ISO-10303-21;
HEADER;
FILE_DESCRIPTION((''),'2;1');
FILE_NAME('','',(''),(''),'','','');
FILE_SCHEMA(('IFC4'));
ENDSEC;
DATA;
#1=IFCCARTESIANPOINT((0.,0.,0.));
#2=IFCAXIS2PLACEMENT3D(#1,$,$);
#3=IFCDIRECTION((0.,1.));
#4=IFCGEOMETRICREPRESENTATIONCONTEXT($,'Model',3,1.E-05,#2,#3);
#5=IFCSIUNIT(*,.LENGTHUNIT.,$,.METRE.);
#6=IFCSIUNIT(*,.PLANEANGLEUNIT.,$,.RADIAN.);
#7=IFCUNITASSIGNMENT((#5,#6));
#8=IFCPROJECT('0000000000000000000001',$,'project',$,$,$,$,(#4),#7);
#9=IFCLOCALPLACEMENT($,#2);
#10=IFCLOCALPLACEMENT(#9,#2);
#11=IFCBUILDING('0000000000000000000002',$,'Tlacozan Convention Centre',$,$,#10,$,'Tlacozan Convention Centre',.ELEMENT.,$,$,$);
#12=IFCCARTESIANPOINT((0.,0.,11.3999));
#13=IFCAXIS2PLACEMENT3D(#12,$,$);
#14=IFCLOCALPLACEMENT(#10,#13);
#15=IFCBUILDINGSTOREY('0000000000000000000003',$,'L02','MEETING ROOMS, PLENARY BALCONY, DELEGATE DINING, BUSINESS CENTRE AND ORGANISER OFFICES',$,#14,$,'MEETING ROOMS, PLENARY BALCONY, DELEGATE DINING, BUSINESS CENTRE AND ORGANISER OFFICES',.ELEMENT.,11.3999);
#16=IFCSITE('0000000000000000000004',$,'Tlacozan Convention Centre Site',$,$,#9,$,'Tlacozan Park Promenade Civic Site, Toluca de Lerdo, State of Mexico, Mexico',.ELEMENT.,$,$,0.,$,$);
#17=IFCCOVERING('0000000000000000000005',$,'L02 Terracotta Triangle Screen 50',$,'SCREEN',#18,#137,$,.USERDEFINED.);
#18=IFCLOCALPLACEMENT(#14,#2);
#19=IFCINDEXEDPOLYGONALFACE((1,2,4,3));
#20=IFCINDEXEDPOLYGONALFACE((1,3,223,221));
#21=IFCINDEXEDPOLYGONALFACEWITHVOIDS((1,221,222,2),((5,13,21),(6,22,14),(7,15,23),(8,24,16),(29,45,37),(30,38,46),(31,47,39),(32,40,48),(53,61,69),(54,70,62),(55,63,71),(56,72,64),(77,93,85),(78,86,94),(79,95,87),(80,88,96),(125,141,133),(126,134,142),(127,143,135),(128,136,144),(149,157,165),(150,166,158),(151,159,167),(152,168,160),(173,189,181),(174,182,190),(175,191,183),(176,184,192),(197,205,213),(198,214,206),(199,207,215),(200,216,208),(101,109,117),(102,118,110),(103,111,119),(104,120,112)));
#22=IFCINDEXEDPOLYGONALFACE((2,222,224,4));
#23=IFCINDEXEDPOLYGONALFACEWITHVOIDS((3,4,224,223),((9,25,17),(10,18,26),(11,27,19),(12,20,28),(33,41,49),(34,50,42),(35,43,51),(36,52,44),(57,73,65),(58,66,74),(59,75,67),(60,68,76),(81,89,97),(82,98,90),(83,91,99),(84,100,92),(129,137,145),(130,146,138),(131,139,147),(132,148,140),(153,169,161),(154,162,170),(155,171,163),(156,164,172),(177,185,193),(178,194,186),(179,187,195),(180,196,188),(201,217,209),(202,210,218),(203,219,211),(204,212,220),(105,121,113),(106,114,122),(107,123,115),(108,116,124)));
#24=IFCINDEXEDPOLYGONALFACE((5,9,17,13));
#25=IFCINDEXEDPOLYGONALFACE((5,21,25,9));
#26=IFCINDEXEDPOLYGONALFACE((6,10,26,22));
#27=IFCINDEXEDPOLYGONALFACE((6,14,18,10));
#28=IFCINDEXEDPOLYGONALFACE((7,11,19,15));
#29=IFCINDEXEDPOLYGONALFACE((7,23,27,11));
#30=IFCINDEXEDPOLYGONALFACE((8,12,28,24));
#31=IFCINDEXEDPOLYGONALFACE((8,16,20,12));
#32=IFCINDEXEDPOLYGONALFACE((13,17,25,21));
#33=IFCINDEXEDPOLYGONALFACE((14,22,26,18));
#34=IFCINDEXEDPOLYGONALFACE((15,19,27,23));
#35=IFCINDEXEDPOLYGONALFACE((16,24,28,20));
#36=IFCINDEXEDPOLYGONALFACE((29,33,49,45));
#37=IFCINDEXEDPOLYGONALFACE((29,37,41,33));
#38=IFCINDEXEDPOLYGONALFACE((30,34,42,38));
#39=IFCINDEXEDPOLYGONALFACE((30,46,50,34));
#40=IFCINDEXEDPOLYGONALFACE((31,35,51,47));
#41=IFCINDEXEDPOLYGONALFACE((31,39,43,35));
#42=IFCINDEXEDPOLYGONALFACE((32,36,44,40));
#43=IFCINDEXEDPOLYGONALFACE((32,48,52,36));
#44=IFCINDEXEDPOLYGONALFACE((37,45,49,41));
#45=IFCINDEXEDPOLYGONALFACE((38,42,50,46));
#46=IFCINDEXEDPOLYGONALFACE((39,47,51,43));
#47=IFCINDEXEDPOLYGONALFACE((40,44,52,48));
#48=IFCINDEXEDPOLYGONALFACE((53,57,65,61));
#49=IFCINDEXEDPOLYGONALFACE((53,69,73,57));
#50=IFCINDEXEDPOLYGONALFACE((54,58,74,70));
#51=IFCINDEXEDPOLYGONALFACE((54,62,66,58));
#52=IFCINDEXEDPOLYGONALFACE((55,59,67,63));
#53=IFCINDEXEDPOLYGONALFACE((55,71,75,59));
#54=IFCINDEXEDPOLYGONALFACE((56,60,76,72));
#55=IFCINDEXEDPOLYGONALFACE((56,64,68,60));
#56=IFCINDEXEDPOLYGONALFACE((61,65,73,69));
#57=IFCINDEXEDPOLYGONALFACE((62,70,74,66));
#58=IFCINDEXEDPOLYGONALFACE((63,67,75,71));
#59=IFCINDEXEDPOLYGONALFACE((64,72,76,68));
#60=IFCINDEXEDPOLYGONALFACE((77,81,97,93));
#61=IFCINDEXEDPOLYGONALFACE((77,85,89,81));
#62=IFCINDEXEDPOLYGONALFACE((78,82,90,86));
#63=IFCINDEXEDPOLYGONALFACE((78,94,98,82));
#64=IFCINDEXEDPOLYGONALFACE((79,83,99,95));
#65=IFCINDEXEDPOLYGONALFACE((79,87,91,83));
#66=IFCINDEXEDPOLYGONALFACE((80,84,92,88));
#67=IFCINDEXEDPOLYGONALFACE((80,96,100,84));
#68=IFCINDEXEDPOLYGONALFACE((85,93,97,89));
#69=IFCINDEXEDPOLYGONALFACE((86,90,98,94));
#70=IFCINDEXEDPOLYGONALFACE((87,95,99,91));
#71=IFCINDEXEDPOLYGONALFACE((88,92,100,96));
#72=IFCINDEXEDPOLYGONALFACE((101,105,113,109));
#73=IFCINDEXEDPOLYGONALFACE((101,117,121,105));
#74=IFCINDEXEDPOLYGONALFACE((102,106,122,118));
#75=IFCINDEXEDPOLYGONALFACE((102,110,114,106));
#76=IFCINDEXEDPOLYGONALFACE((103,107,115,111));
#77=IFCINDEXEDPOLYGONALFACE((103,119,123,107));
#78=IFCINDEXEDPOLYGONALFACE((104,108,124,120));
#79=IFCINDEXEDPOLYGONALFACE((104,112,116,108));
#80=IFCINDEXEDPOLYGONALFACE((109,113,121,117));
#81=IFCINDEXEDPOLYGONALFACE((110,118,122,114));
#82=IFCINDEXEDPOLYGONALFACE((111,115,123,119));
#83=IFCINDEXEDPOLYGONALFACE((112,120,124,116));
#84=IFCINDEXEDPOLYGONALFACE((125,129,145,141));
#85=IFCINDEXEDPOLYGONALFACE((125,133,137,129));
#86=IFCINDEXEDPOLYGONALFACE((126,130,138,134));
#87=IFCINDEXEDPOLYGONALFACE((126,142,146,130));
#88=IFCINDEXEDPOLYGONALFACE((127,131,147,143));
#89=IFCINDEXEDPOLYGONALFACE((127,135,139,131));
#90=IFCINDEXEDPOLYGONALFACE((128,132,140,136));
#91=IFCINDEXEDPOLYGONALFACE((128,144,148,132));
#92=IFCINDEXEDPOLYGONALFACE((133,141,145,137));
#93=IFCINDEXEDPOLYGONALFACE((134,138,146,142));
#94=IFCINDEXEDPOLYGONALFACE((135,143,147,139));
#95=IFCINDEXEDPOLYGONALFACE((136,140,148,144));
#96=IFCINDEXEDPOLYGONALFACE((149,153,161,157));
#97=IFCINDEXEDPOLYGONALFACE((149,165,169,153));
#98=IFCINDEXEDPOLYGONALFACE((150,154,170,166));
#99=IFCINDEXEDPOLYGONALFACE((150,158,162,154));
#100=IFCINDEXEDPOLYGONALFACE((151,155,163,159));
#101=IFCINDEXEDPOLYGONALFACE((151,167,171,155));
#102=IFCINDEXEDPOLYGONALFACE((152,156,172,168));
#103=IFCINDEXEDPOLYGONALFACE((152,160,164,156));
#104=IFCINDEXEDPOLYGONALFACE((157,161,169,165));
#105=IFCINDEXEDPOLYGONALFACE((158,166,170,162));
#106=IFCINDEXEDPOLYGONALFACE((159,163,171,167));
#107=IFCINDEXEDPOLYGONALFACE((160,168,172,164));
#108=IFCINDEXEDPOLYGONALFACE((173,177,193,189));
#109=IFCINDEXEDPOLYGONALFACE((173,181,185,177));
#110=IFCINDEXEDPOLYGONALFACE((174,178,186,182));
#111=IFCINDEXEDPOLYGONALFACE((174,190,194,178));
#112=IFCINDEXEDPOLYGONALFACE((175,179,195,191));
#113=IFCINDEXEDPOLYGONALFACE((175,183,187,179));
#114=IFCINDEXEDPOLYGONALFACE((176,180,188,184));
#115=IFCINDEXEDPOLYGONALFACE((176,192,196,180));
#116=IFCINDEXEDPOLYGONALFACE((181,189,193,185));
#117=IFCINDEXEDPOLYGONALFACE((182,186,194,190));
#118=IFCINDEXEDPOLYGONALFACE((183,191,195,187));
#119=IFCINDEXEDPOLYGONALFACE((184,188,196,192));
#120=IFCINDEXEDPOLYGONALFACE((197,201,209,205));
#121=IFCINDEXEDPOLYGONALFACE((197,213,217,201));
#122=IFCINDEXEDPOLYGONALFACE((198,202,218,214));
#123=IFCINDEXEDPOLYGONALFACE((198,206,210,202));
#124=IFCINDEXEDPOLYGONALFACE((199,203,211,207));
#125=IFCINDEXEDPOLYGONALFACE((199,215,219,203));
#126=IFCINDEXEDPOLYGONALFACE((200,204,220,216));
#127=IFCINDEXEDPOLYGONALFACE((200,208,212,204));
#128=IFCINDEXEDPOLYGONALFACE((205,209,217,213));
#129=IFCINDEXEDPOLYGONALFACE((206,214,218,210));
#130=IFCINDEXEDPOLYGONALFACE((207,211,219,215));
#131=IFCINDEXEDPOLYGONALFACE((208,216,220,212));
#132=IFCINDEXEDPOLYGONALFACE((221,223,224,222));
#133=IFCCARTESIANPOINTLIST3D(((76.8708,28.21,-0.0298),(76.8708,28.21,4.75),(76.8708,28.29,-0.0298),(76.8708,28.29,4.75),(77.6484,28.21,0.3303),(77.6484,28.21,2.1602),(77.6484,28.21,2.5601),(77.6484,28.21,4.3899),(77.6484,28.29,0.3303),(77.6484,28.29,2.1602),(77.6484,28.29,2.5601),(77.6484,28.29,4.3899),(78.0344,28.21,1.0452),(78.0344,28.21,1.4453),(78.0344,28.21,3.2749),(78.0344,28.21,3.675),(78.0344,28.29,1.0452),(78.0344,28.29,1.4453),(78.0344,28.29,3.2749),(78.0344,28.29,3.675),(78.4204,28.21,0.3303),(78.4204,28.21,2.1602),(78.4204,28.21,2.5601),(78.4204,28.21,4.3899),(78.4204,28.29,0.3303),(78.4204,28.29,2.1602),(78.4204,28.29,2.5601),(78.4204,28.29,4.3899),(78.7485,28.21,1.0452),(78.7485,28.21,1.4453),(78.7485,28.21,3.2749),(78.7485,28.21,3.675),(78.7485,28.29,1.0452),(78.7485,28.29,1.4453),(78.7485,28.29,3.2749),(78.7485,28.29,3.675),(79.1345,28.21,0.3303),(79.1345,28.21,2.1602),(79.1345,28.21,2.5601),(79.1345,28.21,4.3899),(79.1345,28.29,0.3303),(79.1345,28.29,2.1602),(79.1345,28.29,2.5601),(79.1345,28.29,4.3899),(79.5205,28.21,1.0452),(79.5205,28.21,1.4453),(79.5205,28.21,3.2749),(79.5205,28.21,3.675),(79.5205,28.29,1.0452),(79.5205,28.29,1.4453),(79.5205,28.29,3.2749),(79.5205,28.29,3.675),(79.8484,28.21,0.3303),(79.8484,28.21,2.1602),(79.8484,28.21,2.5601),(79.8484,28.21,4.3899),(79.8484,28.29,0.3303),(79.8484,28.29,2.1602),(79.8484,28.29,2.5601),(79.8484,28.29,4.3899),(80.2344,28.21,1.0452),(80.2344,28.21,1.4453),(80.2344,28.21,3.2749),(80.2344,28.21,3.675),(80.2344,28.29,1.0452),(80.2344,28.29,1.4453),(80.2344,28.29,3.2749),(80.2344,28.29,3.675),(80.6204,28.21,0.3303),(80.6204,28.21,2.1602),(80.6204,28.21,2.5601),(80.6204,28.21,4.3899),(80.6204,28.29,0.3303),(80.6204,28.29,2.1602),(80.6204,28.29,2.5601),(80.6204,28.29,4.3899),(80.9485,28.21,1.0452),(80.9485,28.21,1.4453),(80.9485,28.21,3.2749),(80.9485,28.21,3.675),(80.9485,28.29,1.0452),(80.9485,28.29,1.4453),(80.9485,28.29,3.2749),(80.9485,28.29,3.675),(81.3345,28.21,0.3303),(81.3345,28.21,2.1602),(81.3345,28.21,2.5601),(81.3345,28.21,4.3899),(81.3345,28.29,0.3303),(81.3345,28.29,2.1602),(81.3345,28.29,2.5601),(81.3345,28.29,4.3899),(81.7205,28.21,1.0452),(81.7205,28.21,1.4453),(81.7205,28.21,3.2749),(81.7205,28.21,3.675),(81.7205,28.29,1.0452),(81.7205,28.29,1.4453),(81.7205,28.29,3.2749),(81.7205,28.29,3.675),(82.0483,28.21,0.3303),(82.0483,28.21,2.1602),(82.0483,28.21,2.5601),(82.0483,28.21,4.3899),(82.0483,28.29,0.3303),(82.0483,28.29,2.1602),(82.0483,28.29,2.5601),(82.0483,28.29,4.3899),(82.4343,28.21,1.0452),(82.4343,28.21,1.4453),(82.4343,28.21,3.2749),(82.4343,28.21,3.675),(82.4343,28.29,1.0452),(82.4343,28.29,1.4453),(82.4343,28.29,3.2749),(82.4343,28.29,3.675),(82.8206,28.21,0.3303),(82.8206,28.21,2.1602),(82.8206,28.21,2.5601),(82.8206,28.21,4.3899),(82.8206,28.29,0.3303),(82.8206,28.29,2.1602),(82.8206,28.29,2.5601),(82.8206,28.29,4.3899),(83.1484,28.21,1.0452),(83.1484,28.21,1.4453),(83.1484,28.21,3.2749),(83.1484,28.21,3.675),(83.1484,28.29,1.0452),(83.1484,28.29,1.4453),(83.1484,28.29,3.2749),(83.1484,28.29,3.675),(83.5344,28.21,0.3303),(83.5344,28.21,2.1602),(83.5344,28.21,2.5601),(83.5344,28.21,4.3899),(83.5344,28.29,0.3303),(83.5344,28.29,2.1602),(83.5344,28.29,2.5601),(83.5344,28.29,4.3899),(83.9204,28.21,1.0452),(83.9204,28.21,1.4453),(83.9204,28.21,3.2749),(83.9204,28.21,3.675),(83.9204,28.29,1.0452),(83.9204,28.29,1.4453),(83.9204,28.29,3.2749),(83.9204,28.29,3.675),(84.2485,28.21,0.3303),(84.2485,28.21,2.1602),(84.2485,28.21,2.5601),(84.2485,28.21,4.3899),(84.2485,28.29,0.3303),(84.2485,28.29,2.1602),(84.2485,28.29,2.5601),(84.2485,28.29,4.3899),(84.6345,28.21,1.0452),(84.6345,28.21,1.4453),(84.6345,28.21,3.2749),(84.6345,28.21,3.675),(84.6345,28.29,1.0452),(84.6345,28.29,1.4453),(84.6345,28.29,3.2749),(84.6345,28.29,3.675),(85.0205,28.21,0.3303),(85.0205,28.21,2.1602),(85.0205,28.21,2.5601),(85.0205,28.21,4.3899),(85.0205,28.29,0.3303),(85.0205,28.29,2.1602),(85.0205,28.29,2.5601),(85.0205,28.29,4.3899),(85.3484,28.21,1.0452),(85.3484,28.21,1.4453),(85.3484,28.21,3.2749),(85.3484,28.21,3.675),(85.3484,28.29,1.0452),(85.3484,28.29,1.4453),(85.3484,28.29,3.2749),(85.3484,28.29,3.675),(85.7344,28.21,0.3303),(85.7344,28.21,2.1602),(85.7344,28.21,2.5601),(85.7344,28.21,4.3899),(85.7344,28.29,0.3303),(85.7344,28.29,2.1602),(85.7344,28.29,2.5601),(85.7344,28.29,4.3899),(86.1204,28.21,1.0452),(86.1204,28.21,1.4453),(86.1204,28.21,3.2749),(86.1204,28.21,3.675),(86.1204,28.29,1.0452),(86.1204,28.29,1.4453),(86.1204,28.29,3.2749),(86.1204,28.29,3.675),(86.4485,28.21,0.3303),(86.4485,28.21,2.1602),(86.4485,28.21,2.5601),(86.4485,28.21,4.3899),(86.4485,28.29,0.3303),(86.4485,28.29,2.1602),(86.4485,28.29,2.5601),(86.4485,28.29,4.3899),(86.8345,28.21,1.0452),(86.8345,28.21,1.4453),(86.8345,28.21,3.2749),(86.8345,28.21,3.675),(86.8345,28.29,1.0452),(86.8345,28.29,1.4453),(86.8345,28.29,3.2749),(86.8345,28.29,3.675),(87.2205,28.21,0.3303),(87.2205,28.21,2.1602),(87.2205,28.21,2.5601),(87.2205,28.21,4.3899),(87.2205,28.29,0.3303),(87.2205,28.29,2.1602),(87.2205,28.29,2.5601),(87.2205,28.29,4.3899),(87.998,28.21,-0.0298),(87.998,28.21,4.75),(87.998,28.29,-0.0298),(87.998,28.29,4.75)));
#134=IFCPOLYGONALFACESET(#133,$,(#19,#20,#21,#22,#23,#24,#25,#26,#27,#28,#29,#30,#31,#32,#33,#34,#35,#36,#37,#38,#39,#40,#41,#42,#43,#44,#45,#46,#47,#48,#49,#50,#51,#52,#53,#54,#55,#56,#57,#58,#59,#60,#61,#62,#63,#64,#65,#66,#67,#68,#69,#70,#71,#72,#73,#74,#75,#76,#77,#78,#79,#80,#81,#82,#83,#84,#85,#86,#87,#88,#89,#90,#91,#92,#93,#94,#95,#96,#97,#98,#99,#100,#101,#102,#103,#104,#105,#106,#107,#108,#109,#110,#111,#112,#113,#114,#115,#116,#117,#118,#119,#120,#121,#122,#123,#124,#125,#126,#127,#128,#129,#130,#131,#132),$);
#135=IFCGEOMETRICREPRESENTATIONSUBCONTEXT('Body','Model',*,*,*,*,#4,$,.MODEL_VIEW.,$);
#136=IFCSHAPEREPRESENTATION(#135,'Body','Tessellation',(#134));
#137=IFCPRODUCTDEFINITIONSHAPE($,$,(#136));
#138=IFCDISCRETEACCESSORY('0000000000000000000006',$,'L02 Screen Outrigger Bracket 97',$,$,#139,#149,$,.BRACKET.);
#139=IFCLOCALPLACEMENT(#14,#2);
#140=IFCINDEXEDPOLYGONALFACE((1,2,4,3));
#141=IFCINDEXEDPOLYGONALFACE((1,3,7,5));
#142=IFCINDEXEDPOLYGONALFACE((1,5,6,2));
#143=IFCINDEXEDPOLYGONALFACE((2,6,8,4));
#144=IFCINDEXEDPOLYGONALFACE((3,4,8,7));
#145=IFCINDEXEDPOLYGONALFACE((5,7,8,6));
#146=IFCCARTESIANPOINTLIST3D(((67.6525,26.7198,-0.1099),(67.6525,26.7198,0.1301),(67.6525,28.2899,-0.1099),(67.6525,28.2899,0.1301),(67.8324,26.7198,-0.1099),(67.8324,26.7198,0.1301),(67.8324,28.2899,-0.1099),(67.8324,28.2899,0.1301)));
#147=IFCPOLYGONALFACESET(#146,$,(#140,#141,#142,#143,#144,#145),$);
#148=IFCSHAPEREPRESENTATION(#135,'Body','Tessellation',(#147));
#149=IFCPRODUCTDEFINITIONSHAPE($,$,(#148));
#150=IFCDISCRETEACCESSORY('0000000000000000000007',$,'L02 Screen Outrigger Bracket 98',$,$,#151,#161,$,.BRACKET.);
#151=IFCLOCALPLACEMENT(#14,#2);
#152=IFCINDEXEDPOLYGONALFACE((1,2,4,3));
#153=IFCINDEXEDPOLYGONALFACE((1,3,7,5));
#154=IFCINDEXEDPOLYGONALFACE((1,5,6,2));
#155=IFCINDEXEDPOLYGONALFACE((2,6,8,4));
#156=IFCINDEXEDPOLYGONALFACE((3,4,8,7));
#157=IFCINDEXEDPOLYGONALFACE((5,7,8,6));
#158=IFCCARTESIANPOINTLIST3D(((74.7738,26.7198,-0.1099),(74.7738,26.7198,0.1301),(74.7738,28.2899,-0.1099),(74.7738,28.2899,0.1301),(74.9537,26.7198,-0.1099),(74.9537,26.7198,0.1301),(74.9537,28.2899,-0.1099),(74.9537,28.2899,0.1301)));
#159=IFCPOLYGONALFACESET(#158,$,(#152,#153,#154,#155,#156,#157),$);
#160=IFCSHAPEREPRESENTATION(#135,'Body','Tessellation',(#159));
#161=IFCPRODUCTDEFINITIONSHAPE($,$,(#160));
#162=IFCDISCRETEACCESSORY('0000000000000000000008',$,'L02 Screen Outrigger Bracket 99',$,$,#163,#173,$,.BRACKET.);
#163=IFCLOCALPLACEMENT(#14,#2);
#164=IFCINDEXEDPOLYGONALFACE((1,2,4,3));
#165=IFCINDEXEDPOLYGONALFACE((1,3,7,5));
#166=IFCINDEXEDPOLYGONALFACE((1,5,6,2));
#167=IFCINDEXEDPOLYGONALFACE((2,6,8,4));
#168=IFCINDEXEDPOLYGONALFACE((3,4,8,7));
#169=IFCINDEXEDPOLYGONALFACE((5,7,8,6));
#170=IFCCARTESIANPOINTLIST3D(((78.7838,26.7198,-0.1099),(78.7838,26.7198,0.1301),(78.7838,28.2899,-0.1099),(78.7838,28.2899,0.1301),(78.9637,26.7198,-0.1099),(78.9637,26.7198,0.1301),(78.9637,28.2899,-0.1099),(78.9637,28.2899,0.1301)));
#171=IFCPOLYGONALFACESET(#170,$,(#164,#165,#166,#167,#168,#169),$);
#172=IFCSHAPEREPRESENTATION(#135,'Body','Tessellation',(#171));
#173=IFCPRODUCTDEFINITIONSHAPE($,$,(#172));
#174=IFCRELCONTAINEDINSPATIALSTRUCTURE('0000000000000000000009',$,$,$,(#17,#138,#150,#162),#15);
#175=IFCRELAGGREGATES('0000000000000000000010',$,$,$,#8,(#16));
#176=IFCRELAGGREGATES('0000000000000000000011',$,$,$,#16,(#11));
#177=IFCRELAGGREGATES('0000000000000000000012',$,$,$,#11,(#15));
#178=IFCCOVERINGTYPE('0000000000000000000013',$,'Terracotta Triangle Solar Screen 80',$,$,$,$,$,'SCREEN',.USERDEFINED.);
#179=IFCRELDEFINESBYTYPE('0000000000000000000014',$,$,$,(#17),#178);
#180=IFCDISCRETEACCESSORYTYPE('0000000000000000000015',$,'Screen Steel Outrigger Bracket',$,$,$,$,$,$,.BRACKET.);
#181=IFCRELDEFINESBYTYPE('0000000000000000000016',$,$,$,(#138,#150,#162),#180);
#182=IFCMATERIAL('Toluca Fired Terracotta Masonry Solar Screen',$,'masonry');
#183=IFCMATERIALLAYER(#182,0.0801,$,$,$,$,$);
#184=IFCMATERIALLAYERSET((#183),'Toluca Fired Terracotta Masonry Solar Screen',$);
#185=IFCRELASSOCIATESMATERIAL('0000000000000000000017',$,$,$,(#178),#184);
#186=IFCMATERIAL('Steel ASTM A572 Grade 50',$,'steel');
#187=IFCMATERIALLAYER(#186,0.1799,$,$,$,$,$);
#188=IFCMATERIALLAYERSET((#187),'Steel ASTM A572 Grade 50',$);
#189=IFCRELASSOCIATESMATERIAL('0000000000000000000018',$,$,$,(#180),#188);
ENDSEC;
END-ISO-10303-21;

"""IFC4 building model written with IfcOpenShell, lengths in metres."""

from ifc_helpers import new_model, si_unit, direction, frame, origin, origin_2d, place, context, subcontext, project, spatial, polyline, rectangle, outline, extrude, material, layer, layer_set, type_object, element, save


model = new_model("IFC4")

# Units and contexts
model_context = context("Model", 3, precision=1e-05, world=origin(), true_north=direction((0.0, 1.0)))
body_context = subcontext(model_context, "Body", "Model", "MODEL_VIEW")
ifc_project = project(units=[si_unit("LENGTHUNIT", "METRE"), si_unit("PLANEANGLEUNIT", "RADIAN")], contexts=[model_context])

# Site, building, storey
site_placement = place(None, origin())
site = spatial("IfcSite", under=ifc_project, at=site_placement, Name="Tlacozan Convention Centre Site", LongName="Tlacozan Park Promenade Civic Site, Toluca de Lerdo, State of Mexico, Mexico", CompositionType="ELEMENT", RefElevation=0.0)
building_placement = place(site_placement, origin())
building = spatial("IfcBuilding", under=site, at=building_placement, Name="Tlacozan Convention Centre", LongName="Tlacozan Convention Centre", CompositionType="ELEMENT")
storey_placement = place(building_placement, frame((0.0, 0.0, 11.3999)))
storey = spatial("IfcBuildingStorey", under=building, at=storey_placement, Name="L02", Description="MEETING ROOMS, PLENARY BALCONY, DELEGATE DINING, BUSINESS CENTRE AND ORGANISER OFFICES", LongName="MEETING ROOMS, PLENARY BALCONY, DELEGATE DINING, BUSINESS CENTRE AND ORGANISER OFFICES", CompositionType="ELEMENT", Elevation=11.3999)

# Covering
ifc_material_1 = material(Name="Toluca Fired Terracotta Masonry Solar Screen", Category="masonry")
ifc_layer_1 = layer(ifc_material_1, 0.0801)
ifc_layer_set_1 = layer_set([ifc_layer_1], Name="Toluca Fired Terracotta Masonry Solar Screen")
covering_type = type_object("IfcCoveringType", Name="Terracotta Triangle Solar Screen 80", ElementType="SCREEN", PredefinedType="USERDEFINED", material=ifc_layer_set_1)
covering_1_placement = place(storey_placement, frame((76.8708, 28.25, -0.0298), z_axis=(0.0, 0.0, 1.0), x_axis=(1.0, 0.0, 0.0)))
element("IfcCovering", 1, at=covering_1_placement, inside=storey, type_object=covering_type, Name="L02 Terracotta Triangle Screen 50", ObjectType="SCREEN", PredefinedType="USERDEFINED", context=body_context, shape_type="SweptSolid", body=[
    extrude(outline(polyline([(0.0, 0.0), (11.1272, 0.0), (11.1272, 4.7798), (0.0, 4.7798), (0.0, 0.0)]), holes=[polyline([(0.7776, 0.3601), (1.5496, 0.3601), (1.1636, 1.075), (0.7776, 0.3601)]), polyline([(1.8777, 1.075), (2.6497, 1.075), (2.2637, 0.3601), (1.8777, 1.075)]), polyline([(2.9775, 0.3601), (3.7495, 0.3601), (3.3635, 1.075), (2.9775, 0.3601)]), polyline([(4.0776, 1.075), (4.8496, 1.075), (4.4636, 0.3601), (4.0776, 1.075)]), polyline([(5.1775, 0.3601), (5.9497, 0.3601), (5.5635, 1.075), (5.1775, 0.3601)]), polyline([(6.2776, 1.075), (7.0496, 1.075), (6.6636, 0.3601), (6.2776, 1.075)]), polyline([(7.3777, 0.3601), (8.1497, 0.3601), (7.7637, 1.075), (7.3777, 0.3601)]), polyline([(8.4775, 1.075), (9.2495, 1.075), (8.8635, 0.3601), (8.4775, 1.075)]), polyline([(9.5776, 0.3601), (10.3496, 0.3601), (9.9636, 1.075), (9.5776, 0.3601)]), polyline([(0.7776, 2.1899), (1.5496, 2.1899), (1.1636, 1.4751), (0.7776, 2.1899)]), polyline([(1.8777, 1.4751), (2.6497, 1.4751), (2.2637, 2.1899), (1.8777, 1.4751)]), polyline([(2.9775, 2.1899), (3.7495, 2.1899), (3.3635, 1.4751), (2.9775, 2.1899)]), polyline([(4.0776, 1.4751), (4.8496, 1.4751), (4.4636, 2.1899), (4.0776, 1.4751)]), polyline([(5.1775, 2.1899), (5.9497, 2.1899), (5.5635, 1.4751), (5.1775, 2.1899)]), polyline([(6.2776, 1.4751), (7.0496, 1.4751), (6.6636, 2.1899), (6.2776, 1.4751)]), polyline([(7.3777, 2.1899), (8.1497, 2.1899), (7.7637, 1.4751), (7.3777, 2.1899)]), polyline([(8.4775, 1.4751), (9.2495, 1.4751), (8.8635, 2.1899), (8.4775, 1.4751)]), polyline([(9.5776, 2.1899), (10.3496, 2.1899), (9.9636, 1.4751), (9.5776, 2.1899)]), polyline([(0.7776, 2.5898), (1.5496, 2.5898), (1.1636, 3.3047), (0.7776, 2.5898)]), polyline([(1.8777, 3.3047), (2.6497, 3.3047), (2.2637, 2.5898), (1.8777, 3.3047)]), polyline([(2.9775, 2.5898), (3.7495, 2.5898), (3.3635, 3.3047), (2.9775, 2.5898)]), polyline([(4.0776, 3.3047), (4.8496, 3.3047), (4.4636, 2.5898), (4.0776, 3.3047)]), polyline([(5.1775, 2.5898), (5.9497, 2.5898), (5.5635, 3.3047), (5.1775, 2.5898)]), polyline([(6.2776, 3.3047), (7.0496, 3.3047), (6.6636, 2.5898), (6.2776, 3.3047)]), polyline([(7.3777, 2.5898), (8.1497, 2.5898), (7.7637, 3.3047), (7.3777, 2.5898)]), polyline([(8.4775, 3.3047), (9.2495, 3.3047), (8.8635, 2.5898), (8.4775, 3.3047)]), polyline([(9.5776, 2.5898), (10.3496, 2.5898), (9.9636, 3.3047), (9.5776, 2.5898)]), polyline([(0.7776, 4.4197), (1.5496, 4.4197), (1.1636, 3.7048), (0.7776, 4.4197)]), polyline([(1.8777, 3.7048), (2.6497, 3.7048), (2.2637, 4.4197), (1.8777, 3.7048)]), polyline([(2.9775, 4.4197), (3.7495, 4.4197), (3.3635, 3.7048), (2.9775, 4.4197)]), polyline([(4.0776, 3.7048), (4.8496, 3.7048), (4.4636, 4.4197), (4.0776, 3.7048)]), polyline([(5.1775, 4.4197), (5.9497, 4.4197), (5.5635, 3.7048), (5.1775, 4.4197)]), polyline([(6.2776, 3.7048), (7.0496, 3.7048), (6.6636, 4.4197), (6.2776, 3.7048)]), polyline([(7.3777, 4.4197), (8.1497, 4.4197), (7.7637, 3.7048), (7.3777, 4.4197)]), polyline([(8.4775, 3.7048), (9.2495, 3.7048), (8.8635, 4.4197), (8.4775, 3.7048)]), polyline([(9.5776, 4.4197), (10.3496, 4.4197), (9.9636, 3.7048), (9.5776, 4.4197)])]), frame((0.0, 0.04, 0.0), z_axis=(0.0, -1.0, 0.0), x_axis=(1.0, 0.0, 0.0)), (0.0, 0.0, 1.0), 0.0801),
])

# Discrete accessories
ifc_material_2 = material(Name="Steel ASTM A572 Grade 50", Category="steel")
ifc_layer_2 = layer(ifc_material_2, 0.1799)
ifc_layer_set_2 = layer_set([ifc_layer_2], Name="Steel ASTM A572 Grade 50")
discrete_accessory_type = type_object("IfcDiscreteAccessoryType", Name="Screen Steel Outrigger Bracket", PredefinedType="BRACKET", material=ifc_layer_set_2)
for number, where, z_axis, x_axis, name in (
    (2, (67.7424, 27.5049, -0.1099), (0.0, 0.0, 1.0), (0.0, -1.0, 0.0), "L02 Screen Outrigger Bracket 97"),
    (3, (74.8638, 27.5049, -0.1099), (0.0, 0.0, 1.0), (0.0, -1.0, 0.0), "L02 Screen Outrigger Bracket 98"),
    (4, (78.8738, 27.5049, -0.1099), (0.0, 0.0, 1.0), (0.0, -1.0, 0.0), "L02 Screen Outrigger Bracket 99"),
):
    element("IfcDiscreteAccessory", number, at=place(storey_placement, frame(where, z_axis=z_axis, x_axis=x_axis)), inside=storey, type_object=discrete_accessory_type, Name=name, PredefinedType="BRACKET", context=body_context, shape_type="SweptSolid", body=[
        extrude(rectangle(XDim=1.5701, YDim=0.1799, at=origin_2d()), origin(), (0.0, 0.0, 1.0), 0.24),
    ])

save(model, "model.ifc")
